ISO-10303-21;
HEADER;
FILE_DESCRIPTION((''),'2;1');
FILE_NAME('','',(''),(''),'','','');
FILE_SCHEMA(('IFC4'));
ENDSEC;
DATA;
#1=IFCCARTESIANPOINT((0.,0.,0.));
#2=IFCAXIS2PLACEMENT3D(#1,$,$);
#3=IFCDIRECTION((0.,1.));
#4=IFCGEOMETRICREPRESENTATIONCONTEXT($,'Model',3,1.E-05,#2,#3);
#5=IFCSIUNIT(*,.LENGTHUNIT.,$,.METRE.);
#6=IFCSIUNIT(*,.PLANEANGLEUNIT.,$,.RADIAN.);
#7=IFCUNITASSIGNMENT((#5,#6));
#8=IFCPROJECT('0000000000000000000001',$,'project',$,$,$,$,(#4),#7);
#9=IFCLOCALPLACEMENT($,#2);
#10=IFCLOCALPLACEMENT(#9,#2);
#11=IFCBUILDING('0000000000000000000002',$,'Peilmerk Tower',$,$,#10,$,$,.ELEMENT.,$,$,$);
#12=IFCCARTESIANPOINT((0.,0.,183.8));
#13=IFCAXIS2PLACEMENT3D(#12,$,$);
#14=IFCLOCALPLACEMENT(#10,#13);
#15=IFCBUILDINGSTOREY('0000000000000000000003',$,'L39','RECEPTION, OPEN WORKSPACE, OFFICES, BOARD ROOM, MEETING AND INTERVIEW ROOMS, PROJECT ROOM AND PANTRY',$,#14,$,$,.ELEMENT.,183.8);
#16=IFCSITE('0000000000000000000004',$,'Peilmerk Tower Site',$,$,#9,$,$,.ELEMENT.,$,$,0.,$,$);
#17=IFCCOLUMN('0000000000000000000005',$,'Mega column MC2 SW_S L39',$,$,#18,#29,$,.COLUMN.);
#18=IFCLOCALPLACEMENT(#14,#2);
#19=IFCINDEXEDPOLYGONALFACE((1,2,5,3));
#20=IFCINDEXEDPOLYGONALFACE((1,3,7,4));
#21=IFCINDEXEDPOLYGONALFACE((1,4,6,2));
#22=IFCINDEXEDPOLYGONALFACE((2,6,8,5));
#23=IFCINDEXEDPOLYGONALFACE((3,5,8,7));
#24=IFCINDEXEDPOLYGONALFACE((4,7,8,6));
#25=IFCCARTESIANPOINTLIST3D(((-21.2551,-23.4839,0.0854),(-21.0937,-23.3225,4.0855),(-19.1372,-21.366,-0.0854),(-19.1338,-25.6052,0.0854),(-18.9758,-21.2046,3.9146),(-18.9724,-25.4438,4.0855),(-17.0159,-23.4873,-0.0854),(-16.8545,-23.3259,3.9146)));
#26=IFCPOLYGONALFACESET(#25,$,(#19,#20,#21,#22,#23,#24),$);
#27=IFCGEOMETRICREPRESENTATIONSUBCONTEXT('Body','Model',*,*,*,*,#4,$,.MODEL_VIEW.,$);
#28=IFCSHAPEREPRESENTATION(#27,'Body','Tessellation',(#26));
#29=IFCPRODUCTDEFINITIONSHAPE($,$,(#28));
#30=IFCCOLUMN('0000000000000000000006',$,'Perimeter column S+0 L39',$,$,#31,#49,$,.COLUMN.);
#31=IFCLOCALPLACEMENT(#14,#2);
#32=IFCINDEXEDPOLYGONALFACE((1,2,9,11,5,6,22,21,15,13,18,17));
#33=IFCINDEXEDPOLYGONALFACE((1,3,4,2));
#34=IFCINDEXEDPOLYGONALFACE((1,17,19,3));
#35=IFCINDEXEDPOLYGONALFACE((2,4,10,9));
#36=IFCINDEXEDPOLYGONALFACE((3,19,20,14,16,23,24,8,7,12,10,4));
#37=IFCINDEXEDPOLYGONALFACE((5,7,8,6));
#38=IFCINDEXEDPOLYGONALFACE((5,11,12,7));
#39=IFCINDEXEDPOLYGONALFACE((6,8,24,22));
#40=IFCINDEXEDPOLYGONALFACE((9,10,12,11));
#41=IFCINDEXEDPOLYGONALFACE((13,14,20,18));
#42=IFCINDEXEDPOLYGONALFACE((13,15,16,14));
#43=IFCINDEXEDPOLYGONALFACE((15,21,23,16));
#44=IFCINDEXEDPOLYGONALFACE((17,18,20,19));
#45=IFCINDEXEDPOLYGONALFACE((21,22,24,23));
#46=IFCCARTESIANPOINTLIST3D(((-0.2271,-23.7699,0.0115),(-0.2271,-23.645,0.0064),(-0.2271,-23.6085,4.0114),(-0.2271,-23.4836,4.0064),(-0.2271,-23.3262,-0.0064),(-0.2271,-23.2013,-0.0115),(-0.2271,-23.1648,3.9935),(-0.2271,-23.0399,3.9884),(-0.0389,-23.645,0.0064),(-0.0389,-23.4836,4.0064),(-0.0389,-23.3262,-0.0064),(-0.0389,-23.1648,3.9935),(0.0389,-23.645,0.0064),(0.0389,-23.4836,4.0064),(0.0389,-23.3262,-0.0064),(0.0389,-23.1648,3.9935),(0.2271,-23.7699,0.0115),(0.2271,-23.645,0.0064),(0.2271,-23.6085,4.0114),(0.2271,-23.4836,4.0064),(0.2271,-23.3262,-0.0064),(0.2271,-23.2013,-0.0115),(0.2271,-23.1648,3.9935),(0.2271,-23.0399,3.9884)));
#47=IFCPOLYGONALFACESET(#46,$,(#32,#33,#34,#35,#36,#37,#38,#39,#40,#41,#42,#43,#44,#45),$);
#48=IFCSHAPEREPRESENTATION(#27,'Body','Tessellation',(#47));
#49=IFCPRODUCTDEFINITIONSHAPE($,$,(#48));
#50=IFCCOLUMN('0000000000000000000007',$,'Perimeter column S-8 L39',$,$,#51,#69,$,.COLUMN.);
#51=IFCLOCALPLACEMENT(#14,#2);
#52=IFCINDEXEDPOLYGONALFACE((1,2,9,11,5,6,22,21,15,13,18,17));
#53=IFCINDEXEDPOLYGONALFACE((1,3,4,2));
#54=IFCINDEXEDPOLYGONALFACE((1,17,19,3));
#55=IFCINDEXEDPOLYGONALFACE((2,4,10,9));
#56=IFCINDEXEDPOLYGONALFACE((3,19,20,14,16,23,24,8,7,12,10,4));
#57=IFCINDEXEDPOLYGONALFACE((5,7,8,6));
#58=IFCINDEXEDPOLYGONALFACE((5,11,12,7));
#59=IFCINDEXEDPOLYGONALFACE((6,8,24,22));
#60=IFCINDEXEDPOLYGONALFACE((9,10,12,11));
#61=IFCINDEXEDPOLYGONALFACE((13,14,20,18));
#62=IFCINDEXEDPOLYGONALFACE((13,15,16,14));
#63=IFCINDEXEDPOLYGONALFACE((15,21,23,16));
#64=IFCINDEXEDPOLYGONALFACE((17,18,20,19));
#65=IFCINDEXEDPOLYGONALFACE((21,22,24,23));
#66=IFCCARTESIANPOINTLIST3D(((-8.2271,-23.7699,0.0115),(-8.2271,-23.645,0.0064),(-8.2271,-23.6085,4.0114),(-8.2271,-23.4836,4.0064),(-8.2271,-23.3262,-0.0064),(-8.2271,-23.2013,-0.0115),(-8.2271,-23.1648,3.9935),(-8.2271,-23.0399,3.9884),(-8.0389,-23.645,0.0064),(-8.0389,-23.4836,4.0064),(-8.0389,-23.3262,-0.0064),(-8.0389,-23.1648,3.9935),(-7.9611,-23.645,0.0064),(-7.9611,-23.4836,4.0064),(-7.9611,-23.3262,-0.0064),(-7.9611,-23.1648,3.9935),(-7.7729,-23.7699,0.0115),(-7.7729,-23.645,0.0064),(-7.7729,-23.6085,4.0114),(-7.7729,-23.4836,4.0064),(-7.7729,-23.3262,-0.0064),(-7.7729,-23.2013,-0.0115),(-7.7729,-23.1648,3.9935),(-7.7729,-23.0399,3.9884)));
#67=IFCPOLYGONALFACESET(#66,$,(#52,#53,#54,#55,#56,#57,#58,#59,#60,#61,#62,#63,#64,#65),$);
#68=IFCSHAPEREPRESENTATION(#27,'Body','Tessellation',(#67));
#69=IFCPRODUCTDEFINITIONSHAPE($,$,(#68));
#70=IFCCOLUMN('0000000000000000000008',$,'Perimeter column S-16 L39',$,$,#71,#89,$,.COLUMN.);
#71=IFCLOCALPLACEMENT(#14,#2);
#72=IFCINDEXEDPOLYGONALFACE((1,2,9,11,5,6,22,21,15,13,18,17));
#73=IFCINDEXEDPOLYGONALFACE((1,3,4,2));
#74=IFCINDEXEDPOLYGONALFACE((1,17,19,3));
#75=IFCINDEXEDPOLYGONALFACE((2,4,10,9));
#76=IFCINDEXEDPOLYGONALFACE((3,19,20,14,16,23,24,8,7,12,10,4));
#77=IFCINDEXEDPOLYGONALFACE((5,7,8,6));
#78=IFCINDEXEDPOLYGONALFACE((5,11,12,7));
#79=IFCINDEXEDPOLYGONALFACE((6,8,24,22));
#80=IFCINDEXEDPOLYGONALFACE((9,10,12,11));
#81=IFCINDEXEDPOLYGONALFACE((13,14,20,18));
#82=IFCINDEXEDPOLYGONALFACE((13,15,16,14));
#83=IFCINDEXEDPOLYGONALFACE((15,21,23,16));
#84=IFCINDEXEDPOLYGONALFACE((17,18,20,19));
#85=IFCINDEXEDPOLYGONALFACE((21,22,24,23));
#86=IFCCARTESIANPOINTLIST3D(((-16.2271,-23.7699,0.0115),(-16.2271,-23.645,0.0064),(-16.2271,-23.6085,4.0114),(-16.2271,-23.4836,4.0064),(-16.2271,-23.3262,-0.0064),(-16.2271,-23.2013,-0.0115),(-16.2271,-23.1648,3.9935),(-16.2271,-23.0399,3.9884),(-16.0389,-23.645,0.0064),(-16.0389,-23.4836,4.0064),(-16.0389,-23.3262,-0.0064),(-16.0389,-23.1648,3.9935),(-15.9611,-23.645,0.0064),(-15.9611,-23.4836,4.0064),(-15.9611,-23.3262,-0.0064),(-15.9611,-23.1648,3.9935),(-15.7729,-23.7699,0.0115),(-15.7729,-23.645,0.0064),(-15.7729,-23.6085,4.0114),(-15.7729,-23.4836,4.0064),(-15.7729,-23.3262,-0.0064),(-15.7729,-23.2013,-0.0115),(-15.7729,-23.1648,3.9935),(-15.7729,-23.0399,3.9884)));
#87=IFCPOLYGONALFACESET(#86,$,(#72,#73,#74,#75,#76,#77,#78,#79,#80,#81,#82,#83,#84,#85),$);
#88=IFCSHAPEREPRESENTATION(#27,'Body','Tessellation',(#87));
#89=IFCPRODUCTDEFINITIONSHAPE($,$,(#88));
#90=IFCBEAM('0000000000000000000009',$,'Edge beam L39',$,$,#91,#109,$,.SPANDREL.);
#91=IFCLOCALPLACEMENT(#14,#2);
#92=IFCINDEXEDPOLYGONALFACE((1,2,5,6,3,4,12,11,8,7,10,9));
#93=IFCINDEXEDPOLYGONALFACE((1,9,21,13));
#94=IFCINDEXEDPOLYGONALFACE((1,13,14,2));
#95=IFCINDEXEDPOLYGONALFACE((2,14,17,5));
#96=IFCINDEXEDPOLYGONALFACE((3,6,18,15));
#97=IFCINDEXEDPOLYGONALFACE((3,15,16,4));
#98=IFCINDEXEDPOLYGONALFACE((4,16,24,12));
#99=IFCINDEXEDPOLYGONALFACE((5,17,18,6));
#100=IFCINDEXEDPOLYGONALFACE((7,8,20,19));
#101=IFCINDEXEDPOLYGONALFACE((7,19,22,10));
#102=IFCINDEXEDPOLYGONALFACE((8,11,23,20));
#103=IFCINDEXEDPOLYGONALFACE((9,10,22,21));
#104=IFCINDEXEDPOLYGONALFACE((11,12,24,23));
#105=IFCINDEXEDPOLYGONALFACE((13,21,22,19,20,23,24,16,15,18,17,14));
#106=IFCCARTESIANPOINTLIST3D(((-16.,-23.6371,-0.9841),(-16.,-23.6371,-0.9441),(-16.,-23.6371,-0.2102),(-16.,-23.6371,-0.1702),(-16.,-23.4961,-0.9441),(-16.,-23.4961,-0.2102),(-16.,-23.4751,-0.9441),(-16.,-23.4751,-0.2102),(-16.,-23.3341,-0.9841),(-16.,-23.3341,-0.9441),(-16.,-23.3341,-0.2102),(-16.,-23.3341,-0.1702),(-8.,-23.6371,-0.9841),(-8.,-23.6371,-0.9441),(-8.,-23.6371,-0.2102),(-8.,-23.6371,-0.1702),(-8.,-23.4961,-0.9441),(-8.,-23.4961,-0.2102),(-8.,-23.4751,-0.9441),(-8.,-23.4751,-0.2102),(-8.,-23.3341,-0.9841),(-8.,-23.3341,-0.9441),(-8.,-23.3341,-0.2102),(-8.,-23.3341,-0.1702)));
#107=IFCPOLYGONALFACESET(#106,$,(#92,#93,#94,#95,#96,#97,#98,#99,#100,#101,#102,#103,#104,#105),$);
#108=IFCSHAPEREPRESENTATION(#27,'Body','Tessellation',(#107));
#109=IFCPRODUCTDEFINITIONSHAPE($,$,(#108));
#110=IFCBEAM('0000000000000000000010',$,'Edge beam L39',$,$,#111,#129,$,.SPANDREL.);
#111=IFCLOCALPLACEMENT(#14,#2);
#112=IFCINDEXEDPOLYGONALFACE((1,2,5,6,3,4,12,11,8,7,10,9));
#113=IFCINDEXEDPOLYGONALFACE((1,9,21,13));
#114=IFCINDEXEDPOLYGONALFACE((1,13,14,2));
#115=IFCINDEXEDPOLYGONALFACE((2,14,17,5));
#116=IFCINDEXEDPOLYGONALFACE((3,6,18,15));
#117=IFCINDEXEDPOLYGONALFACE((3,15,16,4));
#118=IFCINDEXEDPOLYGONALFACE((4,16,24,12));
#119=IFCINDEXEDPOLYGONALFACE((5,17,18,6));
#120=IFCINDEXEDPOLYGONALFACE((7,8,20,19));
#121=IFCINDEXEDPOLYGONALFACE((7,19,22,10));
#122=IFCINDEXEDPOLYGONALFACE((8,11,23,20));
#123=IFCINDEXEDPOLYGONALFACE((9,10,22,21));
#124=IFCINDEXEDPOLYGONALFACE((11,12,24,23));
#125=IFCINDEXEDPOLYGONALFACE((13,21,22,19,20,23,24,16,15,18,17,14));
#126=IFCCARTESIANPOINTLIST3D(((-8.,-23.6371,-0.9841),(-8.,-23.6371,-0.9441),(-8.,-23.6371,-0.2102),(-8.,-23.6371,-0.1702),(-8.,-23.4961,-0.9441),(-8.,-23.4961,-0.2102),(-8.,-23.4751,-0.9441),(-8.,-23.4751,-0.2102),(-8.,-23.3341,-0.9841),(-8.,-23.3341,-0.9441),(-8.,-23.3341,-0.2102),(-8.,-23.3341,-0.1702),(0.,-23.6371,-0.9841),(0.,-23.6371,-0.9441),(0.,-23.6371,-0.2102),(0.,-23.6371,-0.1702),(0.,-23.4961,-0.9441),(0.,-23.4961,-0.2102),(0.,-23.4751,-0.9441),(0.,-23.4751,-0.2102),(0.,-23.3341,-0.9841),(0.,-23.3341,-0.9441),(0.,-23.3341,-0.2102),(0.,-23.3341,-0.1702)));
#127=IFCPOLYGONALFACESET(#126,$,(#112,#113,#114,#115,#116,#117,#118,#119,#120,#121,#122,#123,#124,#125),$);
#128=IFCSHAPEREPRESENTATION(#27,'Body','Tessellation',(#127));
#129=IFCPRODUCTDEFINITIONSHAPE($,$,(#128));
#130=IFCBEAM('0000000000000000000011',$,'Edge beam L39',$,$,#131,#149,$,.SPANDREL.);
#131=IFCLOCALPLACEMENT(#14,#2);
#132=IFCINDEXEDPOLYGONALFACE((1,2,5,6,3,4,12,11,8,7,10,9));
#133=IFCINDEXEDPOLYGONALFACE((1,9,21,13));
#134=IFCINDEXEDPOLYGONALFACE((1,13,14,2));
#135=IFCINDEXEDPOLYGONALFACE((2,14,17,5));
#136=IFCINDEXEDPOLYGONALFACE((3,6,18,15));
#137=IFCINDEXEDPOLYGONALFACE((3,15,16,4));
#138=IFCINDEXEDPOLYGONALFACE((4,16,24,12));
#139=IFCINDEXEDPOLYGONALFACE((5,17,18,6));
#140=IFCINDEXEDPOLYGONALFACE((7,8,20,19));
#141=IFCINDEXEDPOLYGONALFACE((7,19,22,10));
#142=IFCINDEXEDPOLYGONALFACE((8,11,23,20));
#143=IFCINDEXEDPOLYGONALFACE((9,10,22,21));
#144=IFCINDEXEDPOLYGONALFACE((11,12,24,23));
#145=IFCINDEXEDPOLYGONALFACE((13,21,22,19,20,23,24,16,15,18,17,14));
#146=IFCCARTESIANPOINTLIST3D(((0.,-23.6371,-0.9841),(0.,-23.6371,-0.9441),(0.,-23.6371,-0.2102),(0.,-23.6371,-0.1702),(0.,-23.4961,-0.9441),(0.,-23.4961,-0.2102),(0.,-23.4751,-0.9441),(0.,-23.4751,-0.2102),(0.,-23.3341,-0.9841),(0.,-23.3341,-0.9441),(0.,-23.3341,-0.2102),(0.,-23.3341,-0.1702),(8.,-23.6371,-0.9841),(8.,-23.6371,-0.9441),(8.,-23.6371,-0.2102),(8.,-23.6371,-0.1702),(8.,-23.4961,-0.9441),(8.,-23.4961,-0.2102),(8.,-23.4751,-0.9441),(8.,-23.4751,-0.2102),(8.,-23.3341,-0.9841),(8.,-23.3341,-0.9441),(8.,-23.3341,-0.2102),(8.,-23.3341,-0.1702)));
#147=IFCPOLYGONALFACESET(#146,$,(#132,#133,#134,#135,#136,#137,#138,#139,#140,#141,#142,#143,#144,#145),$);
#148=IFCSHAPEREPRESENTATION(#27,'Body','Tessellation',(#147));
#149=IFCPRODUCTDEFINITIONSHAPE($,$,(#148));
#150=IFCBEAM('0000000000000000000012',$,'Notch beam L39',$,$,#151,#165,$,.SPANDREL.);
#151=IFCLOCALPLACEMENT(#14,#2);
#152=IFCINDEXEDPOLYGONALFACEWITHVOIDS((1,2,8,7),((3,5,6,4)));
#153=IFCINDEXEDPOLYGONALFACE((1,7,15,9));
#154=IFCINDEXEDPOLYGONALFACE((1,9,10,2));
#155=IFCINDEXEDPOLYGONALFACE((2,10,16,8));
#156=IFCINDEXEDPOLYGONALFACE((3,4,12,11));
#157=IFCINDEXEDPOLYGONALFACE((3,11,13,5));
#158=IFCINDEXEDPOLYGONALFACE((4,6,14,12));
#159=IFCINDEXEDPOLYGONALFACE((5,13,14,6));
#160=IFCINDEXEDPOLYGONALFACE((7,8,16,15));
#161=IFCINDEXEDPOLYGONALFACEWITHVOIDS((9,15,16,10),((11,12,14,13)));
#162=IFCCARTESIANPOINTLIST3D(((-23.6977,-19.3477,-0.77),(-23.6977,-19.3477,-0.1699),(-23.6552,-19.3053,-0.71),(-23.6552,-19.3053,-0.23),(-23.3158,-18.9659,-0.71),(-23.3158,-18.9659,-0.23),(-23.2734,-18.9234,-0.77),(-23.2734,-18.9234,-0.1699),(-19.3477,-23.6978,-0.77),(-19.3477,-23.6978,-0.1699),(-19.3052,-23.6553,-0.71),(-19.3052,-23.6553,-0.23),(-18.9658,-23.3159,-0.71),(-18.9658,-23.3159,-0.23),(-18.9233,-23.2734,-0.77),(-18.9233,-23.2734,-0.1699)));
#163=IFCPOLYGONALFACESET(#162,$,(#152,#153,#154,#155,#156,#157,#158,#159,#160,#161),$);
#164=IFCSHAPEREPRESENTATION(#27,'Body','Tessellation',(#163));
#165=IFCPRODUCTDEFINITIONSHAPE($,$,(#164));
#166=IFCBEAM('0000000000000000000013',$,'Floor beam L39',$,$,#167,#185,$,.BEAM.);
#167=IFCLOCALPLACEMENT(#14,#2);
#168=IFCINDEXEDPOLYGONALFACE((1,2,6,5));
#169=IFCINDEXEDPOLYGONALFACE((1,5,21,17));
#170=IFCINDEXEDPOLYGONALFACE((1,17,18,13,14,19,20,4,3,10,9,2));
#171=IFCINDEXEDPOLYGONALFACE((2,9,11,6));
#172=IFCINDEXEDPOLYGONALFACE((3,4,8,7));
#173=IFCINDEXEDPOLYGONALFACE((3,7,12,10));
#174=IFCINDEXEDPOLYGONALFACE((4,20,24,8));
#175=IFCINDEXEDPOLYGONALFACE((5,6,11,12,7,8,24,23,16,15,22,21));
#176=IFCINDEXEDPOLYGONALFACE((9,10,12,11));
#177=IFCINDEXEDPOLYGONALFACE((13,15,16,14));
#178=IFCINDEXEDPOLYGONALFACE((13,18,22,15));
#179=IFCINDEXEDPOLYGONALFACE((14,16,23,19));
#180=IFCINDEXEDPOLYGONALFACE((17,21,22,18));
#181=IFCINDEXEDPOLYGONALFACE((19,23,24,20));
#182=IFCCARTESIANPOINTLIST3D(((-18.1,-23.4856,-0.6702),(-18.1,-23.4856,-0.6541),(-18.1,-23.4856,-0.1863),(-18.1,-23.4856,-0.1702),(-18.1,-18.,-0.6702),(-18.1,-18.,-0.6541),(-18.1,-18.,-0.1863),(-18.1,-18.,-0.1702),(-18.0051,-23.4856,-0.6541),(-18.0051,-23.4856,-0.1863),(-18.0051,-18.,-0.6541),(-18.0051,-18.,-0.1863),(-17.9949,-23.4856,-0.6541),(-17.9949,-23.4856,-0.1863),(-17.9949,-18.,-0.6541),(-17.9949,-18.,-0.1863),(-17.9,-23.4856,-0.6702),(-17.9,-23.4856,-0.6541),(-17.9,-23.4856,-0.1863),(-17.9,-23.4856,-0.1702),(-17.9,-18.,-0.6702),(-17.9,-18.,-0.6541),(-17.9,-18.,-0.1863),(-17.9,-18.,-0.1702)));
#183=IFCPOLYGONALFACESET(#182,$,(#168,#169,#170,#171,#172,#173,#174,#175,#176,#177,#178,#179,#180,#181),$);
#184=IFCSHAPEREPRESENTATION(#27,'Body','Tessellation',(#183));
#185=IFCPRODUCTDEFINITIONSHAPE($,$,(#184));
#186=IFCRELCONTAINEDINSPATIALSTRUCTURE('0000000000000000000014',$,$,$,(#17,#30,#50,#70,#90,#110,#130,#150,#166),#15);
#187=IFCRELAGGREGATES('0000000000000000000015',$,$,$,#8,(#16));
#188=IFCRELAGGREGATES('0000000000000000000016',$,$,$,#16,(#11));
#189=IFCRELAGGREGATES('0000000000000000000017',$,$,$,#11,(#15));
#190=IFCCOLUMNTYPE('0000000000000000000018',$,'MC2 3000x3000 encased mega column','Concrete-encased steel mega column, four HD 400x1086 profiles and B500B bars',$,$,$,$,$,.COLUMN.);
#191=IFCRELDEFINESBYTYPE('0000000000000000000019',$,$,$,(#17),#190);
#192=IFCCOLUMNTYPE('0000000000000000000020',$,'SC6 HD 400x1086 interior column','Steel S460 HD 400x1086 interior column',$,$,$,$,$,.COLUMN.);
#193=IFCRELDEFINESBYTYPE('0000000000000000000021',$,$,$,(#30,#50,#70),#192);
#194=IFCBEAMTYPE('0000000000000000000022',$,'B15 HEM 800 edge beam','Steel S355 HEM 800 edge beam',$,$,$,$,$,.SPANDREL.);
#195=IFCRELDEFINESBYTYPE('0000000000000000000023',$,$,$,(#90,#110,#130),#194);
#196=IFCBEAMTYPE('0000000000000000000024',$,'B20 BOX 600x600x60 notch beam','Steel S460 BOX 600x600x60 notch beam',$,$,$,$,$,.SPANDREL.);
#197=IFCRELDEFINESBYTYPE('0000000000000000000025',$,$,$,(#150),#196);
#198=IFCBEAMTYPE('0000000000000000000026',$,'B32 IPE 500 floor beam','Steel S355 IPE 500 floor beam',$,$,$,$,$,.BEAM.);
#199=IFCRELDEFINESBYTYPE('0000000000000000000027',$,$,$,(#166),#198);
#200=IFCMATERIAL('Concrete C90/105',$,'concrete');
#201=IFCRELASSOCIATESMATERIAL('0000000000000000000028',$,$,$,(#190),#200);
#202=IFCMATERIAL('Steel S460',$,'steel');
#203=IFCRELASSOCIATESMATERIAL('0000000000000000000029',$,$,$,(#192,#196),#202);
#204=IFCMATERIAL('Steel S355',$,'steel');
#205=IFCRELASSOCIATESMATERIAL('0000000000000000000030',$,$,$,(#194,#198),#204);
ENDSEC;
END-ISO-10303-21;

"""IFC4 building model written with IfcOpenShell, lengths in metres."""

from ifc_helpers import new_model, si_unit, direction, frame, origin, origin_2d, place, context, subcontext, project, spatial, rectangle, hollow_rectangle, i_section, extrude, material, material_profile, profile_set, type_object, element, save


model = new_model("IFC4")

# Units and contexts
model_context = context("Model", 3, precision=1e-05, world=origin(), true_north=direction((0.0, 1.0)))
body_context = subcontext(model_context, "Body", "Model", "MODEL_VIEW")
ifc_project = project(units=[si_unit("LENGTHUNIT", "METRE"), si_unit("PLANEANGLEUNIT", "RADIAN")], contexts=[model_context])

# Site, building, storey
site_placement = place(None, origin())
site = spatial("IfcSite", under=ifc_project, at=site_placement, Name="Peilmerk Tower Site", CompositionType="ELEMENT", RefElevation=0.0)
building_placement = place(site_placement, origin())
building = spatial("IfcBuilding", under=site, at=building_placement, Name="Peilmerk Tower", CompositionType="ELEMENT")
storey_placement = place(building_placement, frame((0.0, 0.0, 183.8)))
storey = spatial("IfcBuildingStorey", under=building, at=storey_placement, Name="L39", Description="RECEPTION, OPEN WORKSPACE, OFFICES, BOARD ROOM, MEETING AND INTERVIEW ROOMS, PROJECT ROOM AND PANTRY", CompositionType="ELEMENT", Elevation=183.8)

# Columns
ifc_material_1 = material(Name="Concrete C90/105", Category="concrete")
ifc_material_profile_1 = material_profile(ifc_material_1, rectangle(XDim=3.0, YDim=3.0, at=origin_2d()), Name="RC 3000x3000")
ifc_profile_set_1 = profile_set([ifc_material_profile_1], Name="Concrete C90/105")
column_type_1 = type_object("IfcColumnType", Name="MC2 3000x3000 encased mega column", Description="Concrete-encased steel mega column, four HD 400x1086 profiles and B500B bars", PredefinedType="COLUMN", material=ifc_profile_set_1)
column_placement = place(storey_placement, frame((-19.1355, -23.4856, 0.0), z_axis=(0.040279, 0.040279, 0.998376), x_axis=(-0.707107, 0.707107, 0.0)))
element("IfcColumn", 1, at=column_placement, inside=storey, type_object=column_type_1, Name="Mega column MC2 SW_S L39", PredefinedType="COLUMN", context=body_context, shape_type="SweptSolid", body=[
    extrude(rectangle(XDim=3.0, YDim=3.0, at=origin_2d()), origin(), (0.0, 0.0, 1.0), 4.0066),
])
ifc_material_2 = material(Name="Steel S460", Category="steel")
ifc_material_profile_2 = material_profile(ifc_material_2, i_section(OverallWidth=0.4541, OverallDepth=0.5691, WebThickness=0.0779, FlangeThickness=0.125, at=origin_2d()), Name="HD 400x1086")
ifc_profile_set_2 = profile_set([ifc_material_profile_2], Name="Steel S460")
column_type_2 = type_object("IfcColumnType", Name="SC6 HD 400x1086 interior column", Description="Steel S460 HD 400x1086 interior column", PredefinedType="COLUMN", material=ifc_profile_set_2)
for number, where, z_axis, x_axis, name in (
    (2, (0.0, -23.4856, 0.0), (0.0, 0.040311, 0.999187), (-1.0, 0.0, 0.0), "Perimeter column S+0 L39"),
    (3, (-8.0, -23.4856, 0.0), (0.0, 0.040311, 0.999187), (-1.0, 0.0, 0.0), "Perimeter column S-8 L39"),
    (4, (-16.0, -23.4856, 0.0), (0.0, 0.040311, 0.999187), (-1.0, 0.0, 0.0), "Perimeter column S-16 L39"),
):
    element("IfcColumn", number, at=place(storey_placement, frame(where, z_axis=z_axis, x_axis=x_axis)), inside=storey, type_object=column_type_2, Name=name, PredefinedType="COLUMN", context=body_context, shape_type="SweptSolid", body=[
        extrude(i_section(OverallWidth=0.4541, OverallDepth=0.5691, WebThickness=0.0779, FlangeThickness=0.125, at=origin_2d()), origin(), (0.0, 0.0, 1.0), 4.0032),
    ])

# Beams
ifc_material_3 = material(Name="Steel S355", Category="steel")
ifc_material_profile_3 = material_profile(ifc_material_3, i_section(OverallWidth=0.303, OverallDepth=0.814, WebThickness=0.021, FlangeThickness=0.04, at=origin_2d()), Name="HEM 800")
ifc_profile_set_3 = profile_set([ifc_material_profile_3], Name="Steel S355")
beam_type_1 = type_object("IfcBeamType", Name="B15 HEM 800 edge beam", Description="Steel S355 HEM 800 edge beam", PredefinedType="SPANDREL", material=ifc_profile_set_3)
for number, where, z_axis, x_axis, name in (
    (5, (-16.0, -23.4856, -0.5771), (1.0, 0.0, 0.0), (0.0, 1.0, 0.0), "Edge beam L39"),
    (6, (-8.0, -23.4856, -0.5771), (1.0, 0.0, 0.0), (0.0, 1.0, 0.0), "Edge beam L39"),
    (7, (0.0, -23.4856, -0.5771), (1.0, 0.0, 0.0), (0.0, 1.0, 0.0), "Edge beam L39"),
):
    element("IfcBeam", number, at=place(storey_placement, frame(where, z_axis=z_axis, x_axis=x_axis)), inside=storey, type_object=beam_type_1, Name=name, PredefinedType="SPANDREL", context=body_context, shape_type="SweptSolid", body=[
        extrude(i_section(OverallWidth=0.303, OverallDepth=0.814, WebThickness=0.021, FlangeThickness=0.04, at=origin_2d()), origin(), (0.0, 0.0, 1.0), 8.0),
    ])
ifc_material_profile_4 = material_profile(ifc_material_2, hollow_rectangle(XDim=0.6001, YDim=0.6001, WallThickness=0.0601, at=origin_2d()), Name="BOX 600x600x60")
ifc_profile_set_4 = profile_set([ifc_material_profile_4], Name="Steel S460")
beam_type_2 = type_object("IfcBeamType", Name="B20 BOX 600x600x60 notch beam", Description="Steel S460 BOX 600x600x60 notch beam", PredefinedType="SPANDREL", material=ifc_profile_set_4)
beam_1_placement = place(storey_placement, frame((-19.1355, -23.4856, -0.47), z_axis=(-0.707107, 0.707107, 0.0), x_axis=(-0.707107, -0.707107, 0.0)))
element("IfcBeam", 8, at=beam_1_placement, inside=storey, type_object=beam_type_2, Name="Notch beam L39", PredefinedType="SPANDREL", context=body_context, shape_type="SweptSolid", body=[
    extrude(hollow_rectangle(XDim=0.6001, YDim=0.6001, WallThickness=0.0601, at=origin_2d()), origin(), (0.0, 0.0, 1.0), 6.1519),
])
ifc_material_profile_5 = material_profile(ifc_material_3, i_section(OverallWidth=0.2, OverallDepth=0.5, WebThickness=0.0103, FlangeThickness=0.0161, at=origin_2d()), Name="IPE 500")
ifc_profile_set_5 = profile_set([ifc_material_profile_5], Name="Steel S355")
beam_type_3 = type_object("IfcBeamType", Name="B32 IPE 500 floor beam", Description="Steel S355 IPE 500 floor beam", PredefinedType="BEAM", material=ifc_profile_set_5)
for number, where, z_axis, x_axis, name in (
    (9, (-18.0, -18.0, -0.4202), (0.0, -1.0, 0.0), (1.0, 0.0, 0.0), "Floor beam L39"),
):
    element("IfcBeam", number, at=place(storey_placement, frame(where, z_axis=z_axis, x_axis=x_axis)), inside=storey, type_object=beam_type_3, Name=name, PredefinedType="BEAM", context=body_context, shape_type="SweptSolid", body=[
        extrude(i_section(OverallWidth=0.2, OverallDepth=0.5, WebThickness=0.0103, FlangeThickness=0.0161, at=origin_2d()), origin(), (0.0, 0.0, 1.0), 5.4856),
    ])

save(model, "model.ifc")
